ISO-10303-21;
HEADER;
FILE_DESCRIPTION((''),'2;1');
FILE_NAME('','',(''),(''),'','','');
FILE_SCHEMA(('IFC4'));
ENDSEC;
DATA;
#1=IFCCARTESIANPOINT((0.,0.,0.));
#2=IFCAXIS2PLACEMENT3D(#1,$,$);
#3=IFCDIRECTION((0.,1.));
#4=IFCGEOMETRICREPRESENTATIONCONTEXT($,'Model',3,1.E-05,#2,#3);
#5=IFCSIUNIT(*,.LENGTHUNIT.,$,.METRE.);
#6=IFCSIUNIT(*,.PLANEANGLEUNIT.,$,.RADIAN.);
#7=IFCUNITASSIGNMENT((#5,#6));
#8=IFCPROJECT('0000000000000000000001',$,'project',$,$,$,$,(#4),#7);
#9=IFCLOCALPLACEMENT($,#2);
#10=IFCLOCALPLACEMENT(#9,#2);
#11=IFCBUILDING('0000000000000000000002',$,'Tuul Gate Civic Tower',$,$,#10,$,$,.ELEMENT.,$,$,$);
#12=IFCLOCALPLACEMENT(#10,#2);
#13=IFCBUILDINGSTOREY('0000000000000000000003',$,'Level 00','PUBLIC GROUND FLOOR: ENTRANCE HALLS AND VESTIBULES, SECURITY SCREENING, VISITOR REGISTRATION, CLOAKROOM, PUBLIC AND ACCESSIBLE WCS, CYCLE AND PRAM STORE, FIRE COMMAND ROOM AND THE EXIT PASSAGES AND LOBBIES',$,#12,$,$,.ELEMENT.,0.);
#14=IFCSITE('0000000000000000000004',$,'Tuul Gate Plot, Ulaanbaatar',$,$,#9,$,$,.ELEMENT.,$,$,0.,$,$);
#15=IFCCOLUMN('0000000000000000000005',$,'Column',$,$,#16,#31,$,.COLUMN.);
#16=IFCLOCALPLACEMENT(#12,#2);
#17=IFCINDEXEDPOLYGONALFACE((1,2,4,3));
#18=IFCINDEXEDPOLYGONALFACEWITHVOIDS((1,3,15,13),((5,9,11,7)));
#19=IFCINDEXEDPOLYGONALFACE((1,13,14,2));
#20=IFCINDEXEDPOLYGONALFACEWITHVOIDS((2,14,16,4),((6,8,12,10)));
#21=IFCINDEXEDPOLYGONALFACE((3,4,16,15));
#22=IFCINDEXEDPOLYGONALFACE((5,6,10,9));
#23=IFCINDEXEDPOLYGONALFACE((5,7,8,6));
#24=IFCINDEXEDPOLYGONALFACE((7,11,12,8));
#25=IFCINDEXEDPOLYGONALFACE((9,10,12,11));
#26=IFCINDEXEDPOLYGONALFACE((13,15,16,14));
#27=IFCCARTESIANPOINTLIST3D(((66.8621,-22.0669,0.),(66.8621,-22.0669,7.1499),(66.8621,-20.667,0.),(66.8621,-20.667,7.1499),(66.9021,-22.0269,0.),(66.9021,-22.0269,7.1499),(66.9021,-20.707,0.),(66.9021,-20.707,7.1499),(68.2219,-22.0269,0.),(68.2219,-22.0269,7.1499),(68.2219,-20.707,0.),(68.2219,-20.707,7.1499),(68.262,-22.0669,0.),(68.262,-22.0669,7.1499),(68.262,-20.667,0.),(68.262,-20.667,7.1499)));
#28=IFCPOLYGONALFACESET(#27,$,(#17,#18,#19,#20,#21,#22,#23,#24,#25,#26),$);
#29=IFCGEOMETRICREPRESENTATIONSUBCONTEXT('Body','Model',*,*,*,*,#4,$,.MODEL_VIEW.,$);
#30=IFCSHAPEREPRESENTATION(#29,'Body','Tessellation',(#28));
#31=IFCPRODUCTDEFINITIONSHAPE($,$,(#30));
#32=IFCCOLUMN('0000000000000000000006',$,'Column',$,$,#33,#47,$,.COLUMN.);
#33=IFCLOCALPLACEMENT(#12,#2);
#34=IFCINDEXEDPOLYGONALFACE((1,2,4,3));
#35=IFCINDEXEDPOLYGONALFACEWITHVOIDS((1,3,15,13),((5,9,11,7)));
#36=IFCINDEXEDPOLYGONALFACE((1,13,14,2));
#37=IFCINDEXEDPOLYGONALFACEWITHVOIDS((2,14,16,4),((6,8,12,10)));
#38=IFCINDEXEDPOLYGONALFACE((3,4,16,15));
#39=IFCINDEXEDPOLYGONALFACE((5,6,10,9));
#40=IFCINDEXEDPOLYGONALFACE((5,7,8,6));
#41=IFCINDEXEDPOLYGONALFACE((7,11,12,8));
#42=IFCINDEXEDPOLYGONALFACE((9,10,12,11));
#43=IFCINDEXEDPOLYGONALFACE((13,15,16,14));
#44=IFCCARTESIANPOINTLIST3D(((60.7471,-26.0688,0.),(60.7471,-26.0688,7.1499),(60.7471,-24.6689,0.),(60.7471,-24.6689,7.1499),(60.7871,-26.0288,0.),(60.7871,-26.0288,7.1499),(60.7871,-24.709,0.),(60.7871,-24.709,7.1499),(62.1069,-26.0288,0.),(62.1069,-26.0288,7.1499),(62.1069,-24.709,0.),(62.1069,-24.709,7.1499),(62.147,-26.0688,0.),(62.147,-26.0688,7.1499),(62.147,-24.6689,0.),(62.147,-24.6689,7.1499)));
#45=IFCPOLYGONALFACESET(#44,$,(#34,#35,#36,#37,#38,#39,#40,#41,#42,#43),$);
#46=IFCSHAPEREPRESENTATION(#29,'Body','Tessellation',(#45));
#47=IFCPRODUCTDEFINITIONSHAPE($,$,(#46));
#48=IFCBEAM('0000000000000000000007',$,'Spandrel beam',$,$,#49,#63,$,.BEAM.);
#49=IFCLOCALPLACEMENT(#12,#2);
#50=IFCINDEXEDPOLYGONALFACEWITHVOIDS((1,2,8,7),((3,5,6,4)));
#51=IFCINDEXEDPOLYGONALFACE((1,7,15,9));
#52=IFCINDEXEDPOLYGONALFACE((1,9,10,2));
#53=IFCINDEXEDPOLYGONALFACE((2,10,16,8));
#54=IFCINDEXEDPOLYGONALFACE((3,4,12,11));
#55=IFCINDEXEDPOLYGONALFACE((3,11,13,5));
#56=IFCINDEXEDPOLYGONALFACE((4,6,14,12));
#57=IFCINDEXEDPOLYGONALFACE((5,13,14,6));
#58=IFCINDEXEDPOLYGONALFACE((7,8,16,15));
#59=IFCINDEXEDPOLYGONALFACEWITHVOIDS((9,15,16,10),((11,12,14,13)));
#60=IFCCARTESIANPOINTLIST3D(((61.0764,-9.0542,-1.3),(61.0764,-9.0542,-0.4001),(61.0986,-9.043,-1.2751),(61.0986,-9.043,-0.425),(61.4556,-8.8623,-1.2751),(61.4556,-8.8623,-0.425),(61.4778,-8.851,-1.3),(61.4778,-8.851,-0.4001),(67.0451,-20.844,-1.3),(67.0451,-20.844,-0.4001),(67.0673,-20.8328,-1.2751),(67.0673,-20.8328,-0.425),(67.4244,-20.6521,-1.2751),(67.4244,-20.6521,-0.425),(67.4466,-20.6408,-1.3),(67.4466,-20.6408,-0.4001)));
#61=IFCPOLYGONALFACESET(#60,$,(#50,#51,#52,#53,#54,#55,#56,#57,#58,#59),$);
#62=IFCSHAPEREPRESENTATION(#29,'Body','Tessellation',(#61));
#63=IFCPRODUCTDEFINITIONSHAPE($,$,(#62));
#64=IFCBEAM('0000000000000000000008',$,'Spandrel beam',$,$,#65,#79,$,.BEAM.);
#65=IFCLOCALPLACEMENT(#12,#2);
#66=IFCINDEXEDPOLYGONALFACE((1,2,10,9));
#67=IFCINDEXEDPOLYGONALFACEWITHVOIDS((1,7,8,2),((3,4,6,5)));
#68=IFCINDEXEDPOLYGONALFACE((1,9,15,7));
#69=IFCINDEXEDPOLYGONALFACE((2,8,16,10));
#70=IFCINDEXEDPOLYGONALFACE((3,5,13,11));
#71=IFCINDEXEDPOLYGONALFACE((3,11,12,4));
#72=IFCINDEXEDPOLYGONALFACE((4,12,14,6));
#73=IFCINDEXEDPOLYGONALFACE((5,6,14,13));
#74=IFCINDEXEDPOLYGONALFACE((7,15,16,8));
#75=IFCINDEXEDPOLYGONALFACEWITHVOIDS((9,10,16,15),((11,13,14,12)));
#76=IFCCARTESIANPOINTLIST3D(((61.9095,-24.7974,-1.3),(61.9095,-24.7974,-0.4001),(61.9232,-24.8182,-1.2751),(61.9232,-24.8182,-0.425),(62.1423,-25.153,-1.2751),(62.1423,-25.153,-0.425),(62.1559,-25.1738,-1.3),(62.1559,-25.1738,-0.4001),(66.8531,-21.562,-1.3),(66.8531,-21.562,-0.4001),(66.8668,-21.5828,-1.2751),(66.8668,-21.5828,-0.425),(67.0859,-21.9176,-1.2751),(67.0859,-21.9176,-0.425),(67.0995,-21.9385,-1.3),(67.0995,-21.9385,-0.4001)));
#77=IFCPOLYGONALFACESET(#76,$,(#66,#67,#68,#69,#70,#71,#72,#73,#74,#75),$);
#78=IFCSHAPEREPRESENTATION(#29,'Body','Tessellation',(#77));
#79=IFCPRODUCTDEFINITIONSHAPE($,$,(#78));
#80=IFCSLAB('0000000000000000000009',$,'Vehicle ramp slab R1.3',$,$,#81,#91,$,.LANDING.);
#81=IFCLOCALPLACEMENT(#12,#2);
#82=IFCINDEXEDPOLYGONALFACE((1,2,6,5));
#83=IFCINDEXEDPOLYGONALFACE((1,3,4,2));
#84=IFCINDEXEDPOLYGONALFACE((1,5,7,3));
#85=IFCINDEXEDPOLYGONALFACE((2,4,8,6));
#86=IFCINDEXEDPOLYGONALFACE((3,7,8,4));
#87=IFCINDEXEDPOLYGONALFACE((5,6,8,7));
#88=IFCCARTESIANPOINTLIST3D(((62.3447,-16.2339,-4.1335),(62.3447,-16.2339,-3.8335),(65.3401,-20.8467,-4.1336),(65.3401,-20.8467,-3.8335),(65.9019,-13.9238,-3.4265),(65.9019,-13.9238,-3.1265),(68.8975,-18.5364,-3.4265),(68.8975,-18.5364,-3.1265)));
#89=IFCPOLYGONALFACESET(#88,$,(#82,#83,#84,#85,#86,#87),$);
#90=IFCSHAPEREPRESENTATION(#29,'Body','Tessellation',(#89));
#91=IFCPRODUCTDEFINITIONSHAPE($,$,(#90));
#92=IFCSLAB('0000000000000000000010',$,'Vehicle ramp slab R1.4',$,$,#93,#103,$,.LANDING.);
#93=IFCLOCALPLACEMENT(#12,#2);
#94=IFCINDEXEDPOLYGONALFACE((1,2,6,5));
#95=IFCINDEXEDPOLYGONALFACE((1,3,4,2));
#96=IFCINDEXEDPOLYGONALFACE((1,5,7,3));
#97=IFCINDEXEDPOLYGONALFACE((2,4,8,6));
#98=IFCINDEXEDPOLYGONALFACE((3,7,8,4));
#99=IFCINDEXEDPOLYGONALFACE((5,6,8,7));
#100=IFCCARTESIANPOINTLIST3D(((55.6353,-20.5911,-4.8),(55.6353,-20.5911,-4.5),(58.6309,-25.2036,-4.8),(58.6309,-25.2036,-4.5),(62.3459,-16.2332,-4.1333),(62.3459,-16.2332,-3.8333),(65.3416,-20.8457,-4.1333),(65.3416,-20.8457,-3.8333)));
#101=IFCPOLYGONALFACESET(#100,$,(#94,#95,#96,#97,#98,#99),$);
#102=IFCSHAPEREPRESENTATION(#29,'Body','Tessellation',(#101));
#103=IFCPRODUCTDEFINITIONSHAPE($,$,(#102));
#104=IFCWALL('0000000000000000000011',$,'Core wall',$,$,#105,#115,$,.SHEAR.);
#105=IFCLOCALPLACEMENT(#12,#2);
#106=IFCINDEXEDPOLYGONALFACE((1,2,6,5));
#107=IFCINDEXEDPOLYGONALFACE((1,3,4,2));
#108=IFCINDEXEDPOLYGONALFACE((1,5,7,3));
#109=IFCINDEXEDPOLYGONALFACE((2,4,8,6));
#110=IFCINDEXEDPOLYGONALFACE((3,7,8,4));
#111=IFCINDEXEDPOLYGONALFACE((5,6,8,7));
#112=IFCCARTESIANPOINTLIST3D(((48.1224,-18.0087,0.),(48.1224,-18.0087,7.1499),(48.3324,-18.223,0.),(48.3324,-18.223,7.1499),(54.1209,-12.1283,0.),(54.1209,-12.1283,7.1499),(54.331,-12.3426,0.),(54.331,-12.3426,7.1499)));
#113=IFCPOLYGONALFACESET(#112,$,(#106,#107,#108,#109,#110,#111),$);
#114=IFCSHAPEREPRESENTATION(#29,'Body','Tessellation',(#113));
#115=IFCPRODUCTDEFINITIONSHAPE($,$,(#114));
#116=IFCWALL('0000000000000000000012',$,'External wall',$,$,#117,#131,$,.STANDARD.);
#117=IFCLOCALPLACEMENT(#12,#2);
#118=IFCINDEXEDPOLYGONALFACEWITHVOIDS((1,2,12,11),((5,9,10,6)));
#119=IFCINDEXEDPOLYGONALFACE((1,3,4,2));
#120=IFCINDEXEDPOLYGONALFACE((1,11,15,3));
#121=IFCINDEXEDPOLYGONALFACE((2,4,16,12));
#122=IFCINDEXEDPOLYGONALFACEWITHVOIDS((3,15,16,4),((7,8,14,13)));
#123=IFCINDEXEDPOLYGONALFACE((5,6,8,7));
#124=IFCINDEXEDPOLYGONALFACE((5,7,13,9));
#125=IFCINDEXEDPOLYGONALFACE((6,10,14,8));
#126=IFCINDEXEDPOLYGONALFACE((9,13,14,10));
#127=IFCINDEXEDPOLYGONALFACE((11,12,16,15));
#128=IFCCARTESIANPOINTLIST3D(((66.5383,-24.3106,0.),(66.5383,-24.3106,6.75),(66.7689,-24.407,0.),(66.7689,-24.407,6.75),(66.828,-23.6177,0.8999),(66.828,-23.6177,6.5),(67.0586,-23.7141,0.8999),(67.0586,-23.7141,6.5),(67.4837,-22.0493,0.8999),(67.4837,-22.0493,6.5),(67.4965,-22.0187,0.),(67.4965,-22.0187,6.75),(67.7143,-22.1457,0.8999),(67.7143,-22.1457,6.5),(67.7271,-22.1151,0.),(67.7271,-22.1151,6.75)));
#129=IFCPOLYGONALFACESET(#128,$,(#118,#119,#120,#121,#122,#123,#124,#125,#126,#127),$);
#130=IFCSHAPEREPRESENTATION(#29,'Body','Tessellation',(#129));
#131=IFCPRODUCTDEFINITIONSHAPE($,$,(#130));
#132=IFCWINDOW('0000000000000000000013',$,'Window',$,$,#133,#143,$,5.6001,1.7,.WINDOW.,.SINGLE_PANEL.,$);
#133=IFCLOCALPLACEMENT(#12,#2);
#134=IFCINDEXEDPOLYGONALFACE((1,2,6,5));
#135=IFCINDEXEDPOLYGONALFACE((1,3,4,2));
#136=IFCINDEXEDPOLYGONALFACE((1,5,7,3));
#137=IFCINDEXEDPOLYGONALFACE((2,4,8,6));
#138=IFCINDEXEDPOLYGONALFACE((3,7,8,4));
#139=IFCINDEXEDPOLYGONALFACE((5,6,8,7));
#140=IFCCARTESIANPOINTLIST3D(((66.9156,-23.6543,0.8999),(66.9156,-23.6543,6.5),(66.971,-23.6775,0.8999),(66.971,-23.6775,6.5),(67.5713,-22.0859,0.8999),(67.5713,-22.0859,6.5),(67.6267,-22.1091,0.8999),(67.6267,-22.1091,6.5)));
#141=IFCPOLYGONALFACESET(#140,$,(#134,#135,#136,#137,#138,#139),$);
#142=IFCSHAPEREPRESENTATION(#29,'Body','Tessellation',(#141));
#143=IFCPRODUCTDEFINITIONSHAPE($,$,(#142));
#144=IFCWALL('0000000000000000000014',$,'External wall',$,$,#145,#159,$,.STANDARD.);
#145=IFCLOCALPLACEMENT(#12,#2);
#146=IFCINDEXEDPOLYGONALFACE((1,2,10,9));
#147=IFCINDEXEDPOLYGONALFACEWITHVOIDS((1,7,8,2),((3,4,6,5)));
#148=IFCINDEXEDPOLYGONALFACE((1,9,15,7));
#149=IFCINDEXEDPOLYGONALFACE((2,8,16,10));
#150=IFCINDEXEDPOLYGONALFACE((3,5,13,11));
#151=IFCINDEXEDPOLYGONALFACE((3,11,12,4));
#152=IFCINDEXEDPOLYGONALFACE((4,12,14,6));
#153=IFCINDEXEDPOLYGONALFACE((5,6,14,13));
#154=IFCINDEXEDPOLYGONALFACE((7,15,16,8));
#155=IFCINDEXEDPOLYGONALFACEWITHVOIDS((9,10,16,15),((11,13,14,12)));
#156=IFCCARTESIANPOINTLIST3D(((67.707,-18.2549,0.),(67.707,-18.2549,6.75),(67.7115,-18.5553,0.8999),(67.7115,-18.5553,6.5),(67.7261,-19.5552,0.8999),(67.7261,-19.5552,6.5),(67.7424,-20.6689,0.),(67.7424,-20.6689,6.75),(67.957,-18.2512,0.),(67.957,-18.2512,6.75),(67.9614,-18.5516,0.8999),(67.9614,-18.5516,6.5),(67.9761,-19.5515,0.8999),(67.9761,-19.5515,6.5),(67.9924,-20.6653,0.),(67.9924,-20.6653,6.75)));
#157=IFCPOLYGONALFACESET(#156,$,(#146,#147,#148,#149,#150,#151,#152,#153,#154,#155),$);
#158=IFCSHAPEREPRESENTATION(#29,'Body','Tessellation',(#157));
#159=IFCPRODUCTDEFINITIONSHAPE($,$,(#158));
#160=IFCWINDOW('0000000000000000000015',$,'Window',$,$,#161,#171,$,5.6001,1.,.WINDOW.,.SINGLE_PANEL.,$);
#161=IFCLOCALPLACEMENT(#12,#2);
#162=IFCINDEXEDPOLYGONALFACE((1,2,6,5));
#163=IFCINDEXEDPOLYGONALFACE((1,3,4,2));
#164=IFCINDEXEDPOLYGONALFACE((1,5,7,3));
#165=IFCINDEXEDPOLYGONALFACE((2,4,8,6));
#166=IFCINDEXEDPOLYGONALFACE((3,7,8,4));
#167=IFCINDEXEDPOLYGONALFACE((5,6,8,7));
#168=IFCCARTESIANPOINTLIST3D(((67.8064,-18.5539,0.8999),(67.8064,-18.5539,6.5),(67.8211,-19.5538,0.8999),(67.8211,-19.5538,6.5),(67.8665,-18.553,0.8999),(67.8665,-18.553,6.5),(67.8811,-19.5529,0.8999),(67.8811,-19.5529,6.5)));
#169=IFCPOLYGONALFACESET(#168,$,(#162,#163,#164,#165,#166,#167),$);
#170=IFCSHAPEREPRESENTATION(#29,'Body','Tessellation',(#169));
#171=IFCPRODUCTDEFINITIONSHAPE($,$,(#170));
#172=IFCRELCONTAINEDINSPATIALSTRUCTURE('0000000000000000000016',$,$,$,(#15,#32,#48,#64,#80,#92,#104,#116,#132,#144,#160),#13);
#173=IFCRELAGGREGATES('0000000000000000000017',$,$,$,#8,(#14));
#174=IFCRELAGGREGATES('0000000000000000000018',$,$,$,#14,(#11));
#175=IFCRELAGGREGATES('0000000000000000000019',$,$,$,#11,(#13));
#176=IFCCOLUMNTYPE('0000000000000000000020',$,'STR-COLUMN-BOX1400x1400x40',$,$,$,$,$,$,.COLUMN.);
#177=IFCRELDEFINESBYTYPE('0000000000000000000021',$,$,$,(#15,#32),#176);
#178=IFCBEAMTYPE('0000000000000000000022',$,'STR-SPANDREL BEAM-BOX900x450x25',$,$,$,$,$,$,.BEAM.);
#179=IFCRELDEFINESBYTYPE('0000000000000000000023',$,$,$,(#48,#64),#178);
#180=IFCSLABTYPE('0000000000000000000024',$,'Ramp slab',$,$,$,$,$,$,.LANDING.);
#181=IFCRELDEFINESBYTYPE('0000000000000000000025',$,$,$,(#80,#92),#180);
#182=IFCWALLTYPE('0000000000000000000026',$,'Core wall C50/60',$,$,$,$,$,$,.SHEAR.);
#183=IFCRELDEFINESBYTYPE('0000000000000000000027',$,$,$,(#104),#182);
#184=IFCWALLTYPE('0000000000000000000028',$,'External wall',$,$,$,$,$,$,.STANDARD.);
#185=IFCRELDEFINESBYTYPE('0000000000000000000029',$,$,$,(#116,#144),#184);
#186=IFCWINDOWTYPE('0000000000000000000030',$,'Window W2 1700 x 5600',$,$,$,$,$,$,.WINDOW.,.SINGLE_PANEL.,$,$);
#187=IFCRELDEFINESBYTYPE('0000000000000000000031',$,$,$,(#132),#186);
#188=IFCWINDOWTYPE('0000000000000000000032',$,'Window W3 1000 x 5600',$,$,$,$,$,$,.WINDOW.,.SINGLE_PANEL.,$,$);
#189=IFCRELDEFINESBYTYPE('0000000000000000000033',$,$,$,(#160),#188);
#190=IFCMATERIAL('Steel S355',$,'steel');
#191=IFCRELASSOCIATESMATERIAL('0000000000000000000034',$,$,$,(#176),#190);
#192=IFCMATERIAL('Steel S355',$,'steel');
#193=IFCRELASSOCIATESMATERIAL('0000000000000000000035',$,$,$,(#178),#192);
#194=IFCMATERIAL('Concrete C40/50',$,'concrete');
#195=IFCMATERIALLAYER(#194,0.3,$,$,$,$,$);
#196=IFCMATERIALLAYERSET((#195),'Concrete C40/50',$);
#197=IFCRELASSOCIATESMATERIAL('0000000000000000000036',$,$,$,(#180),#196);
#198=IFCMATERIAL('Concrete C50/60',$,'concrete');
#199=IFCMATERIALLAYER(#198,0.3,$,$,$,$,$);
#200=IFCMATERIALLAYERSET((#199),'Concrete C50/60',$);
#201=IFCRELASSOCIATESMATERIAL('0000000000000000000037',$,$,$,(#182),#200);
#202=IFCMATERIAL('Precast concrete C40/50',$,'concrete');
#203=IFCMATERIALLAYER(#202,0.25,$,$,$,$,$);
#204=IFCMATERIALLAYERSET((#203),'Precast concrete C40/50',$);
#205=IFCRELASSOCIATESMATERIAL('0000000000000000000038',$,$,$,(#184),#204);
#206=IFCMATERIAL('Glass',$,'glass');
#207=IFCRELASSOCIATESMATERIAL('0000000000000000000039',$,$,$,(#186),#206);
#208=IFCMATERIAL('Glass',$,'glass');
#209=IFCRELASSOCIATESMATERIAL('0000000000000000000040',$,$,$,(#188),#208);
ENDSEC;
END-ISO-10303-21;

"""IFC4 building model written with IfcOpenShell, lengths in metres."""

from ifc_helpers import new_model, si_unit, direction, frame, frame_2d, origin, origin_2d, place, context, subcontext, project, spatial, polyline, rectangle, hollow_rectangle, outline, extrude, material, layer, layer_set, material_profile, profile_set, type_object, element, fill, save


model = new_model("IFC4")

# Units and contexts
model_context = context("Model", 3, precision=1e-05, world=origin(), true_north=direction((0.0, 1.0)))
body_context = subcontext(model_context, "Body", "Model", "MODEL_VIEW")
ifc_project = project(units=[si_unit("LENGTHUNIT", "METRE"), si_unit("PLANEANGLEUNIT", "RADIAN")], contexts=[model_context])

# Site, building, storey
site_placement = place(None, origin())
site = spatial("IfcSite", under=ifc_project, at=site_placement, Name="Tuul Gate Plot, Ulaanbaatar", CompositionType="ELEMENT", RefElevation=0.0)
building_placement = place(site_placement, origin())
building = spatial("IfcBuilding", under=site, at=building_placement, Name="Tuul Gate Civic Tower", CompositionType="ELEMENT")
storey_placement = place(building_placement, origin())
storey = spatial("IfcBuildingStorey", under=building, at=storey_placement, Name="Level 00", Description="PUBLIC GROUND FLOOR: ENTRANCE HALLS AND VESTIBULES, SECURITY SCREENING, VISITOR REGISTRATION, CLOAKROOM, PUBLIC AND ACCESSIBLE WCS, CYCLE AND PRAM STORE, FIRE COMMAND ROOM AND THE EXIT PASSAGES AND LOBBIES", CompositionType="ELEMENT", Elevation=0.0)

# Columns
ifc_material_1 = material(Name="Steel S355", Category="steel")
ifc_material_profile_1 = material_profile(ifc_material_1, hollow_rectangle(XDim=1.3999, YDim=1.3999, WallThickness=0.04, at=origin_2d()), Name="BOX1400x1400x40")
ifc_profile_set_1 = profile_set([ifc_material_profile_1], Name="Steel S355")
column_type = type_object("IfcColumnType", Name="STR-COLUMN-BOX1400x1400x40", PredefinedType="COLUMN", material=ifc_profile_set_1)
for number, where, z_axis, x_axis, name in (
    (1, (67.562, -21.3669, 0.0), (0.0, 0.0, 1.0), (1.0, 0.0, 0.0), "Column"),
    (2, (61.447, -25.3689, 0.0), (0.0, 0.0, 1.0), (1.0, 0.0, 0.0), "Column"),
):
    element("IfcColumn", number, at=place(storey_placement, frame(where, z_axis=z_axis, x_axis=x_axis)), inside=storey, type_object=column_type, Name=name, PredefinedType="COLUMN", context=body_context, shape_type="SweptSolid", body=[
        extrude(hollow_rectangle(XDim=1.3999, YDim=1.3999, WallThickness=0.04, at=origin_2d()), origin(), (0.0, 0.0, 1.0), 7.1499),
    ])

# Beams
ifc_material_2 = material(Name="Steel S355", Category="steel")
ifc_material_profile_2 = material_profile(ifc_material_2, hollow_rectangle(XDim=0.45, YDim=0.8999, WallThickness=0.0249, at=origin_2d()), Name="BOX900x450x25")
ifc_profile_set_2 = profile_set([ifc_material_profile_2], Name="Steel S355")
beam_type = type_object("IfcBeamType", Name="STR-SPANDREL BEAM-BOX900x450x25", PredefinedType="BEAM", material=ifc_profile_set_2)
beam_1_placement = place(storey_placement, frame((67.2458, -20.7424, -0.8501), z_axis=(-0.451679, 0.892181, 0.0), x_axis=(-0.892181, -0.451679, 0.0)))
element("IfcBeam", 3, at=beam_1_placement, inside=storey, type_object=beam_type, Name="Spandrel beam", PredefinedType="BEAM", context=body_context, shape_type="SweptSolid", body=[
    extrude(hollow_rectangle(XDim=0.45, YDim=0.8999, WallThickness=0.0249, at=origin_2d()), origin(), (0.0, 0.0, 1.0), 13.2146),
])
beam_2_placement = place(storey_placement, frame((62.0327, -24.9856, -0.8501), z_axis=(0.836737, 0.547604, 0.0), x_axis=(-0.547604, 0.836737, 0.0)))
element("IfcBeam", 4, at=beam_2_placement, inside=storey, type_object=beam_type, Name="Spandrel beam", PredefinedType="BEAM", context=body_context, shape_type="SweptSolid", body=[
    extrude(hollow_rectangle(XDim=0.45, YDim=0.8999, WallThickness=0.0249, at=origin_2d()), origin(), (0.0, 0.0, 1.0), 5.9082),
])

# Slabs
ifc_material_3 = material(Name="Concrete C40/50", Category="concrete")
ifc_layer_1 = layer(ifc_material_3, 0.3)
ifc_layer_set_1 = layer_set([ifc_layer_1], Name="Concrete C40/50")
slab_type = type_object("IfcSlabType", Name="Ramp slab", PredefinedType="LANDING", material=ifc_layer_set_1)
slab_1_placement = place(storey_placement, frame((68.8975, -18.5364, -3.1265), z_axis=(-0.137896, -0.08955, 0.98639), x_axis=(-0.827244, -0.537246, -0.164422)))
element("IfcSlab", 5, at=slab_1_placement, inside=storey, type_object=slab_type, Name="Vehicle ramp slab R1.3", PredefinedType="LANDING", context=body_context, shape_type="SweptSolid", body=[
    extrude(outline(polyline([(0.0, 0.0), (4.3003, 0.0), (4.3, -5.5), (0.0, -5.4999), (0.0, 0.0)])), origin(), (0.164422, -0.000004, -0.98639), 0.3),
])
slab_2_placement = place(storey_placement, frame((65.3416, -20.8457, -3.8333), z_axis=(-0.069642, -0.045229, 0.996546), x_axis=(-0.835778, -0.542752, -0.08304)))
element("IfcSlab", 6, at=slab_2_placement, inside=storey, type_object=slab_type, Name="Vehicle ramp slab R1.4", PredefinedType="LANDING", context=body_context, shape_type="SweptSolid", body=[
    extrude(outline(polyline([(0.0, 0.0), (8.0293, 0.0), (8.0295, -5.4999), (0.0002, -5.4999), (0.0, 0.0)])), origin(), (0.08304, 0.000003, -0.996546), 0.3),
])

# Wall
ifc_material_4 = material(Name="Concrete C50/60", Category="concrete")
ifc_layer_2 = layer(ifc_material_4, 0.3)
ifc_layer_set_2 = layer_set([ifc_layer_2], Name="Concrete C50/60")
wall_type_1 = type_object("IfcWallType", Name="Core wall C50/60", PredefinedType="SHEAR", material=ifc_layer_set_2)
wall_1_placement = place(storey_placement, frame((48.2273, -18.116, 0.0), z_axis=(0.0, 0.0, 1.0), x_axis=(0.714105, 0.700038, 0.0)))
element("IfcWall", 7, at=wall_1_placement, inside=storey, type_object=wall_type_1, Name="Core wall", PredefinedType="SHEAR", context=body_context, shape_type="SweptSolid", body=[
    extrude(rectangle(XDim=8.4001, YDim=0.3, at=frame_2d((4.2002, 0.0))), origin(), (0.0, 0.0, 1.0), 7.1499),
])

# Walls, openings, windows
ifc_material_5 = material(Name="Precast concrete C40/50", Category="concrete")
ifc_layer_3 = layer(ifc_material_5, 0.25)
ifc_layer_set_3 = layer_set([ifc_layer_3], Name="Precast concrete C40/50")
wall_type_2 = type_object("IfcWallType", Name="External wall", PredefinedType="STANDARD", material=ifc_layer_set_3)
wall_2_placement = place(storey_placement, frame((66.6536, -24.3589, 0.0), z_axis=(0.0, 0.0, 1.0), x_axis=(0.385732, 0.922611, 0.0)))
wall_2 = element("IfcWall", 8, at=wall_2_placement, inside=storey, type_object=wall_type_2, Name="External wall", PredefinedType="STANDARD", context=body_context, shape_type="SweptSolid", body=[
    extrude(rectangle(XDim=2.4841, YDim=0.25, at=frame_2d((1.2422, 0.0))), origin(), (0.0, 0.0, 1.0), 6.75),
])
opening_1_placement = place(wall_2_placement, frame((0.751, 0.0, 0.8999)))
opening_1 = element("IfcOpeningElement", 9, at=opening_1_placement, cuts=wall_2, PredefinedType="OPENING", context=body_context, shape_type="SweptSolid", body=[
    extrude(rectangle(XDim=1.7, YDim=5.6001, at=frame_2d((0.8501, 2.8))), frame((0.0, 0.135, 0.0), z_axis=(0.0, -1.0, 0.0), x_axis=(1.0, 0.0, 0.0)), (0.0, 0.0, 1.0), 0.27),
])
ifc_material_6 = material(Name="Glass", Category="glass")
window_type_1 = type_object("IfcWindowType", Name="Window W2 1700 x 5600", PartitioningType="SINGLE_PANEL", PredefinedType="WINDOW", material=ifc_material_6)
window_1_placement = place(opening_1_placement, origin())
window_1 = element("IfcWindow", 10, at=window_1_placement, inside=storey, type_object=window_type_1, Name="Window", OverallHeight=5.6001, OverallWidth=1.7, PartitioningType="SINGLE_PANEL", PredefinedType="WINDOW", context=body_context, shape_type="SweptSolid", body=[
    extrude(rectangle(XDim=1.7, YDim=5.6001, at=frame_2d((0.8501, 2.8))), frame((0.0, 0.03, 0.0), z_axis=(0.0, -1.0, 0.0), x_axis=(1.0, 0.0, 0.0)), (0.0, 0.0, 1.0), 0.0601),
])
fill(opening_1, window_1)
wall_3_placement = place(storey_placement, frame((67.8674, -20.667, 0.0), z_axis=(0.0, 0.0, 1.0), x_axis=(-0.014663, 0.999892, 0.0)))
wall_3 = element("IfcWall", 11, at=wall_3_placement, inside=storey, type_object=wall_type_2, Name="External wall", PredefinedType="STANDARD", context=body_context, shape_type="SweptSolid", body=[
    extrude(rectangle(XDim=2.4143, YDim=0.25, at=frame_2d((1.207, 0.0))), origin(), (0.0, 0.0, 1.0), 6.75),
])
opening_2_placement = place(wall_3_placement, frame((1.1138, 0.0, 0.8999)))
opening_2 = element("IfcOpeningElement", 12, at=opening_2_placement, cuts=wall_3, PredefinedType="OPENING", context=body_context, shape_type="SweptSolid", body=[
    extrude(rectangle(XDim=1.0, YDim=5.6001, at=frame_2d((0.5, 2.8))), frame((0.0, 0.135, 0.0), z_axis=(0.0, -1.0, 0.0), x_axis=(1.0, 0.0, 0.0)), (0.0, 0.0, 1.0), 0.27),
])
ifc_material_7 = material(Name="Glass", Category="glass")
window_type_2 = type_object("IfcWindowType", Name="Window W3 1000 x 5600", PartitioningType="SINGLE_PANEL", PredefinedType="WINDOW", material=ifc_material_7)
window_2_placement = place(opening_2_placement, origin())
window_2 = element("IfcWindow", 13, at=window_2_placement, inside=storey, type_object=window_type_2, Name="Window", OverallHeight=5.6001, OverallWidth=1.0, PartitioningType="SINGLE_PANEL", PredefinedType="WINDOW", context=body_context, shape_type="SweptSolid", body=[
    extrude(rectangle(XDim=1.0, YDim=5.6001, at=frame_2d((0.5, 2.8))), frame((0.0, 0.03, 0.0), z_axis=(0.0, -1.0, 0.0), x_axis=(1.0, 0.0, 0.0)), (0.0, 0.0, 1.0), 0.0601),
])
fill(opening_2, window_2)

save(model, "model.ifc")
